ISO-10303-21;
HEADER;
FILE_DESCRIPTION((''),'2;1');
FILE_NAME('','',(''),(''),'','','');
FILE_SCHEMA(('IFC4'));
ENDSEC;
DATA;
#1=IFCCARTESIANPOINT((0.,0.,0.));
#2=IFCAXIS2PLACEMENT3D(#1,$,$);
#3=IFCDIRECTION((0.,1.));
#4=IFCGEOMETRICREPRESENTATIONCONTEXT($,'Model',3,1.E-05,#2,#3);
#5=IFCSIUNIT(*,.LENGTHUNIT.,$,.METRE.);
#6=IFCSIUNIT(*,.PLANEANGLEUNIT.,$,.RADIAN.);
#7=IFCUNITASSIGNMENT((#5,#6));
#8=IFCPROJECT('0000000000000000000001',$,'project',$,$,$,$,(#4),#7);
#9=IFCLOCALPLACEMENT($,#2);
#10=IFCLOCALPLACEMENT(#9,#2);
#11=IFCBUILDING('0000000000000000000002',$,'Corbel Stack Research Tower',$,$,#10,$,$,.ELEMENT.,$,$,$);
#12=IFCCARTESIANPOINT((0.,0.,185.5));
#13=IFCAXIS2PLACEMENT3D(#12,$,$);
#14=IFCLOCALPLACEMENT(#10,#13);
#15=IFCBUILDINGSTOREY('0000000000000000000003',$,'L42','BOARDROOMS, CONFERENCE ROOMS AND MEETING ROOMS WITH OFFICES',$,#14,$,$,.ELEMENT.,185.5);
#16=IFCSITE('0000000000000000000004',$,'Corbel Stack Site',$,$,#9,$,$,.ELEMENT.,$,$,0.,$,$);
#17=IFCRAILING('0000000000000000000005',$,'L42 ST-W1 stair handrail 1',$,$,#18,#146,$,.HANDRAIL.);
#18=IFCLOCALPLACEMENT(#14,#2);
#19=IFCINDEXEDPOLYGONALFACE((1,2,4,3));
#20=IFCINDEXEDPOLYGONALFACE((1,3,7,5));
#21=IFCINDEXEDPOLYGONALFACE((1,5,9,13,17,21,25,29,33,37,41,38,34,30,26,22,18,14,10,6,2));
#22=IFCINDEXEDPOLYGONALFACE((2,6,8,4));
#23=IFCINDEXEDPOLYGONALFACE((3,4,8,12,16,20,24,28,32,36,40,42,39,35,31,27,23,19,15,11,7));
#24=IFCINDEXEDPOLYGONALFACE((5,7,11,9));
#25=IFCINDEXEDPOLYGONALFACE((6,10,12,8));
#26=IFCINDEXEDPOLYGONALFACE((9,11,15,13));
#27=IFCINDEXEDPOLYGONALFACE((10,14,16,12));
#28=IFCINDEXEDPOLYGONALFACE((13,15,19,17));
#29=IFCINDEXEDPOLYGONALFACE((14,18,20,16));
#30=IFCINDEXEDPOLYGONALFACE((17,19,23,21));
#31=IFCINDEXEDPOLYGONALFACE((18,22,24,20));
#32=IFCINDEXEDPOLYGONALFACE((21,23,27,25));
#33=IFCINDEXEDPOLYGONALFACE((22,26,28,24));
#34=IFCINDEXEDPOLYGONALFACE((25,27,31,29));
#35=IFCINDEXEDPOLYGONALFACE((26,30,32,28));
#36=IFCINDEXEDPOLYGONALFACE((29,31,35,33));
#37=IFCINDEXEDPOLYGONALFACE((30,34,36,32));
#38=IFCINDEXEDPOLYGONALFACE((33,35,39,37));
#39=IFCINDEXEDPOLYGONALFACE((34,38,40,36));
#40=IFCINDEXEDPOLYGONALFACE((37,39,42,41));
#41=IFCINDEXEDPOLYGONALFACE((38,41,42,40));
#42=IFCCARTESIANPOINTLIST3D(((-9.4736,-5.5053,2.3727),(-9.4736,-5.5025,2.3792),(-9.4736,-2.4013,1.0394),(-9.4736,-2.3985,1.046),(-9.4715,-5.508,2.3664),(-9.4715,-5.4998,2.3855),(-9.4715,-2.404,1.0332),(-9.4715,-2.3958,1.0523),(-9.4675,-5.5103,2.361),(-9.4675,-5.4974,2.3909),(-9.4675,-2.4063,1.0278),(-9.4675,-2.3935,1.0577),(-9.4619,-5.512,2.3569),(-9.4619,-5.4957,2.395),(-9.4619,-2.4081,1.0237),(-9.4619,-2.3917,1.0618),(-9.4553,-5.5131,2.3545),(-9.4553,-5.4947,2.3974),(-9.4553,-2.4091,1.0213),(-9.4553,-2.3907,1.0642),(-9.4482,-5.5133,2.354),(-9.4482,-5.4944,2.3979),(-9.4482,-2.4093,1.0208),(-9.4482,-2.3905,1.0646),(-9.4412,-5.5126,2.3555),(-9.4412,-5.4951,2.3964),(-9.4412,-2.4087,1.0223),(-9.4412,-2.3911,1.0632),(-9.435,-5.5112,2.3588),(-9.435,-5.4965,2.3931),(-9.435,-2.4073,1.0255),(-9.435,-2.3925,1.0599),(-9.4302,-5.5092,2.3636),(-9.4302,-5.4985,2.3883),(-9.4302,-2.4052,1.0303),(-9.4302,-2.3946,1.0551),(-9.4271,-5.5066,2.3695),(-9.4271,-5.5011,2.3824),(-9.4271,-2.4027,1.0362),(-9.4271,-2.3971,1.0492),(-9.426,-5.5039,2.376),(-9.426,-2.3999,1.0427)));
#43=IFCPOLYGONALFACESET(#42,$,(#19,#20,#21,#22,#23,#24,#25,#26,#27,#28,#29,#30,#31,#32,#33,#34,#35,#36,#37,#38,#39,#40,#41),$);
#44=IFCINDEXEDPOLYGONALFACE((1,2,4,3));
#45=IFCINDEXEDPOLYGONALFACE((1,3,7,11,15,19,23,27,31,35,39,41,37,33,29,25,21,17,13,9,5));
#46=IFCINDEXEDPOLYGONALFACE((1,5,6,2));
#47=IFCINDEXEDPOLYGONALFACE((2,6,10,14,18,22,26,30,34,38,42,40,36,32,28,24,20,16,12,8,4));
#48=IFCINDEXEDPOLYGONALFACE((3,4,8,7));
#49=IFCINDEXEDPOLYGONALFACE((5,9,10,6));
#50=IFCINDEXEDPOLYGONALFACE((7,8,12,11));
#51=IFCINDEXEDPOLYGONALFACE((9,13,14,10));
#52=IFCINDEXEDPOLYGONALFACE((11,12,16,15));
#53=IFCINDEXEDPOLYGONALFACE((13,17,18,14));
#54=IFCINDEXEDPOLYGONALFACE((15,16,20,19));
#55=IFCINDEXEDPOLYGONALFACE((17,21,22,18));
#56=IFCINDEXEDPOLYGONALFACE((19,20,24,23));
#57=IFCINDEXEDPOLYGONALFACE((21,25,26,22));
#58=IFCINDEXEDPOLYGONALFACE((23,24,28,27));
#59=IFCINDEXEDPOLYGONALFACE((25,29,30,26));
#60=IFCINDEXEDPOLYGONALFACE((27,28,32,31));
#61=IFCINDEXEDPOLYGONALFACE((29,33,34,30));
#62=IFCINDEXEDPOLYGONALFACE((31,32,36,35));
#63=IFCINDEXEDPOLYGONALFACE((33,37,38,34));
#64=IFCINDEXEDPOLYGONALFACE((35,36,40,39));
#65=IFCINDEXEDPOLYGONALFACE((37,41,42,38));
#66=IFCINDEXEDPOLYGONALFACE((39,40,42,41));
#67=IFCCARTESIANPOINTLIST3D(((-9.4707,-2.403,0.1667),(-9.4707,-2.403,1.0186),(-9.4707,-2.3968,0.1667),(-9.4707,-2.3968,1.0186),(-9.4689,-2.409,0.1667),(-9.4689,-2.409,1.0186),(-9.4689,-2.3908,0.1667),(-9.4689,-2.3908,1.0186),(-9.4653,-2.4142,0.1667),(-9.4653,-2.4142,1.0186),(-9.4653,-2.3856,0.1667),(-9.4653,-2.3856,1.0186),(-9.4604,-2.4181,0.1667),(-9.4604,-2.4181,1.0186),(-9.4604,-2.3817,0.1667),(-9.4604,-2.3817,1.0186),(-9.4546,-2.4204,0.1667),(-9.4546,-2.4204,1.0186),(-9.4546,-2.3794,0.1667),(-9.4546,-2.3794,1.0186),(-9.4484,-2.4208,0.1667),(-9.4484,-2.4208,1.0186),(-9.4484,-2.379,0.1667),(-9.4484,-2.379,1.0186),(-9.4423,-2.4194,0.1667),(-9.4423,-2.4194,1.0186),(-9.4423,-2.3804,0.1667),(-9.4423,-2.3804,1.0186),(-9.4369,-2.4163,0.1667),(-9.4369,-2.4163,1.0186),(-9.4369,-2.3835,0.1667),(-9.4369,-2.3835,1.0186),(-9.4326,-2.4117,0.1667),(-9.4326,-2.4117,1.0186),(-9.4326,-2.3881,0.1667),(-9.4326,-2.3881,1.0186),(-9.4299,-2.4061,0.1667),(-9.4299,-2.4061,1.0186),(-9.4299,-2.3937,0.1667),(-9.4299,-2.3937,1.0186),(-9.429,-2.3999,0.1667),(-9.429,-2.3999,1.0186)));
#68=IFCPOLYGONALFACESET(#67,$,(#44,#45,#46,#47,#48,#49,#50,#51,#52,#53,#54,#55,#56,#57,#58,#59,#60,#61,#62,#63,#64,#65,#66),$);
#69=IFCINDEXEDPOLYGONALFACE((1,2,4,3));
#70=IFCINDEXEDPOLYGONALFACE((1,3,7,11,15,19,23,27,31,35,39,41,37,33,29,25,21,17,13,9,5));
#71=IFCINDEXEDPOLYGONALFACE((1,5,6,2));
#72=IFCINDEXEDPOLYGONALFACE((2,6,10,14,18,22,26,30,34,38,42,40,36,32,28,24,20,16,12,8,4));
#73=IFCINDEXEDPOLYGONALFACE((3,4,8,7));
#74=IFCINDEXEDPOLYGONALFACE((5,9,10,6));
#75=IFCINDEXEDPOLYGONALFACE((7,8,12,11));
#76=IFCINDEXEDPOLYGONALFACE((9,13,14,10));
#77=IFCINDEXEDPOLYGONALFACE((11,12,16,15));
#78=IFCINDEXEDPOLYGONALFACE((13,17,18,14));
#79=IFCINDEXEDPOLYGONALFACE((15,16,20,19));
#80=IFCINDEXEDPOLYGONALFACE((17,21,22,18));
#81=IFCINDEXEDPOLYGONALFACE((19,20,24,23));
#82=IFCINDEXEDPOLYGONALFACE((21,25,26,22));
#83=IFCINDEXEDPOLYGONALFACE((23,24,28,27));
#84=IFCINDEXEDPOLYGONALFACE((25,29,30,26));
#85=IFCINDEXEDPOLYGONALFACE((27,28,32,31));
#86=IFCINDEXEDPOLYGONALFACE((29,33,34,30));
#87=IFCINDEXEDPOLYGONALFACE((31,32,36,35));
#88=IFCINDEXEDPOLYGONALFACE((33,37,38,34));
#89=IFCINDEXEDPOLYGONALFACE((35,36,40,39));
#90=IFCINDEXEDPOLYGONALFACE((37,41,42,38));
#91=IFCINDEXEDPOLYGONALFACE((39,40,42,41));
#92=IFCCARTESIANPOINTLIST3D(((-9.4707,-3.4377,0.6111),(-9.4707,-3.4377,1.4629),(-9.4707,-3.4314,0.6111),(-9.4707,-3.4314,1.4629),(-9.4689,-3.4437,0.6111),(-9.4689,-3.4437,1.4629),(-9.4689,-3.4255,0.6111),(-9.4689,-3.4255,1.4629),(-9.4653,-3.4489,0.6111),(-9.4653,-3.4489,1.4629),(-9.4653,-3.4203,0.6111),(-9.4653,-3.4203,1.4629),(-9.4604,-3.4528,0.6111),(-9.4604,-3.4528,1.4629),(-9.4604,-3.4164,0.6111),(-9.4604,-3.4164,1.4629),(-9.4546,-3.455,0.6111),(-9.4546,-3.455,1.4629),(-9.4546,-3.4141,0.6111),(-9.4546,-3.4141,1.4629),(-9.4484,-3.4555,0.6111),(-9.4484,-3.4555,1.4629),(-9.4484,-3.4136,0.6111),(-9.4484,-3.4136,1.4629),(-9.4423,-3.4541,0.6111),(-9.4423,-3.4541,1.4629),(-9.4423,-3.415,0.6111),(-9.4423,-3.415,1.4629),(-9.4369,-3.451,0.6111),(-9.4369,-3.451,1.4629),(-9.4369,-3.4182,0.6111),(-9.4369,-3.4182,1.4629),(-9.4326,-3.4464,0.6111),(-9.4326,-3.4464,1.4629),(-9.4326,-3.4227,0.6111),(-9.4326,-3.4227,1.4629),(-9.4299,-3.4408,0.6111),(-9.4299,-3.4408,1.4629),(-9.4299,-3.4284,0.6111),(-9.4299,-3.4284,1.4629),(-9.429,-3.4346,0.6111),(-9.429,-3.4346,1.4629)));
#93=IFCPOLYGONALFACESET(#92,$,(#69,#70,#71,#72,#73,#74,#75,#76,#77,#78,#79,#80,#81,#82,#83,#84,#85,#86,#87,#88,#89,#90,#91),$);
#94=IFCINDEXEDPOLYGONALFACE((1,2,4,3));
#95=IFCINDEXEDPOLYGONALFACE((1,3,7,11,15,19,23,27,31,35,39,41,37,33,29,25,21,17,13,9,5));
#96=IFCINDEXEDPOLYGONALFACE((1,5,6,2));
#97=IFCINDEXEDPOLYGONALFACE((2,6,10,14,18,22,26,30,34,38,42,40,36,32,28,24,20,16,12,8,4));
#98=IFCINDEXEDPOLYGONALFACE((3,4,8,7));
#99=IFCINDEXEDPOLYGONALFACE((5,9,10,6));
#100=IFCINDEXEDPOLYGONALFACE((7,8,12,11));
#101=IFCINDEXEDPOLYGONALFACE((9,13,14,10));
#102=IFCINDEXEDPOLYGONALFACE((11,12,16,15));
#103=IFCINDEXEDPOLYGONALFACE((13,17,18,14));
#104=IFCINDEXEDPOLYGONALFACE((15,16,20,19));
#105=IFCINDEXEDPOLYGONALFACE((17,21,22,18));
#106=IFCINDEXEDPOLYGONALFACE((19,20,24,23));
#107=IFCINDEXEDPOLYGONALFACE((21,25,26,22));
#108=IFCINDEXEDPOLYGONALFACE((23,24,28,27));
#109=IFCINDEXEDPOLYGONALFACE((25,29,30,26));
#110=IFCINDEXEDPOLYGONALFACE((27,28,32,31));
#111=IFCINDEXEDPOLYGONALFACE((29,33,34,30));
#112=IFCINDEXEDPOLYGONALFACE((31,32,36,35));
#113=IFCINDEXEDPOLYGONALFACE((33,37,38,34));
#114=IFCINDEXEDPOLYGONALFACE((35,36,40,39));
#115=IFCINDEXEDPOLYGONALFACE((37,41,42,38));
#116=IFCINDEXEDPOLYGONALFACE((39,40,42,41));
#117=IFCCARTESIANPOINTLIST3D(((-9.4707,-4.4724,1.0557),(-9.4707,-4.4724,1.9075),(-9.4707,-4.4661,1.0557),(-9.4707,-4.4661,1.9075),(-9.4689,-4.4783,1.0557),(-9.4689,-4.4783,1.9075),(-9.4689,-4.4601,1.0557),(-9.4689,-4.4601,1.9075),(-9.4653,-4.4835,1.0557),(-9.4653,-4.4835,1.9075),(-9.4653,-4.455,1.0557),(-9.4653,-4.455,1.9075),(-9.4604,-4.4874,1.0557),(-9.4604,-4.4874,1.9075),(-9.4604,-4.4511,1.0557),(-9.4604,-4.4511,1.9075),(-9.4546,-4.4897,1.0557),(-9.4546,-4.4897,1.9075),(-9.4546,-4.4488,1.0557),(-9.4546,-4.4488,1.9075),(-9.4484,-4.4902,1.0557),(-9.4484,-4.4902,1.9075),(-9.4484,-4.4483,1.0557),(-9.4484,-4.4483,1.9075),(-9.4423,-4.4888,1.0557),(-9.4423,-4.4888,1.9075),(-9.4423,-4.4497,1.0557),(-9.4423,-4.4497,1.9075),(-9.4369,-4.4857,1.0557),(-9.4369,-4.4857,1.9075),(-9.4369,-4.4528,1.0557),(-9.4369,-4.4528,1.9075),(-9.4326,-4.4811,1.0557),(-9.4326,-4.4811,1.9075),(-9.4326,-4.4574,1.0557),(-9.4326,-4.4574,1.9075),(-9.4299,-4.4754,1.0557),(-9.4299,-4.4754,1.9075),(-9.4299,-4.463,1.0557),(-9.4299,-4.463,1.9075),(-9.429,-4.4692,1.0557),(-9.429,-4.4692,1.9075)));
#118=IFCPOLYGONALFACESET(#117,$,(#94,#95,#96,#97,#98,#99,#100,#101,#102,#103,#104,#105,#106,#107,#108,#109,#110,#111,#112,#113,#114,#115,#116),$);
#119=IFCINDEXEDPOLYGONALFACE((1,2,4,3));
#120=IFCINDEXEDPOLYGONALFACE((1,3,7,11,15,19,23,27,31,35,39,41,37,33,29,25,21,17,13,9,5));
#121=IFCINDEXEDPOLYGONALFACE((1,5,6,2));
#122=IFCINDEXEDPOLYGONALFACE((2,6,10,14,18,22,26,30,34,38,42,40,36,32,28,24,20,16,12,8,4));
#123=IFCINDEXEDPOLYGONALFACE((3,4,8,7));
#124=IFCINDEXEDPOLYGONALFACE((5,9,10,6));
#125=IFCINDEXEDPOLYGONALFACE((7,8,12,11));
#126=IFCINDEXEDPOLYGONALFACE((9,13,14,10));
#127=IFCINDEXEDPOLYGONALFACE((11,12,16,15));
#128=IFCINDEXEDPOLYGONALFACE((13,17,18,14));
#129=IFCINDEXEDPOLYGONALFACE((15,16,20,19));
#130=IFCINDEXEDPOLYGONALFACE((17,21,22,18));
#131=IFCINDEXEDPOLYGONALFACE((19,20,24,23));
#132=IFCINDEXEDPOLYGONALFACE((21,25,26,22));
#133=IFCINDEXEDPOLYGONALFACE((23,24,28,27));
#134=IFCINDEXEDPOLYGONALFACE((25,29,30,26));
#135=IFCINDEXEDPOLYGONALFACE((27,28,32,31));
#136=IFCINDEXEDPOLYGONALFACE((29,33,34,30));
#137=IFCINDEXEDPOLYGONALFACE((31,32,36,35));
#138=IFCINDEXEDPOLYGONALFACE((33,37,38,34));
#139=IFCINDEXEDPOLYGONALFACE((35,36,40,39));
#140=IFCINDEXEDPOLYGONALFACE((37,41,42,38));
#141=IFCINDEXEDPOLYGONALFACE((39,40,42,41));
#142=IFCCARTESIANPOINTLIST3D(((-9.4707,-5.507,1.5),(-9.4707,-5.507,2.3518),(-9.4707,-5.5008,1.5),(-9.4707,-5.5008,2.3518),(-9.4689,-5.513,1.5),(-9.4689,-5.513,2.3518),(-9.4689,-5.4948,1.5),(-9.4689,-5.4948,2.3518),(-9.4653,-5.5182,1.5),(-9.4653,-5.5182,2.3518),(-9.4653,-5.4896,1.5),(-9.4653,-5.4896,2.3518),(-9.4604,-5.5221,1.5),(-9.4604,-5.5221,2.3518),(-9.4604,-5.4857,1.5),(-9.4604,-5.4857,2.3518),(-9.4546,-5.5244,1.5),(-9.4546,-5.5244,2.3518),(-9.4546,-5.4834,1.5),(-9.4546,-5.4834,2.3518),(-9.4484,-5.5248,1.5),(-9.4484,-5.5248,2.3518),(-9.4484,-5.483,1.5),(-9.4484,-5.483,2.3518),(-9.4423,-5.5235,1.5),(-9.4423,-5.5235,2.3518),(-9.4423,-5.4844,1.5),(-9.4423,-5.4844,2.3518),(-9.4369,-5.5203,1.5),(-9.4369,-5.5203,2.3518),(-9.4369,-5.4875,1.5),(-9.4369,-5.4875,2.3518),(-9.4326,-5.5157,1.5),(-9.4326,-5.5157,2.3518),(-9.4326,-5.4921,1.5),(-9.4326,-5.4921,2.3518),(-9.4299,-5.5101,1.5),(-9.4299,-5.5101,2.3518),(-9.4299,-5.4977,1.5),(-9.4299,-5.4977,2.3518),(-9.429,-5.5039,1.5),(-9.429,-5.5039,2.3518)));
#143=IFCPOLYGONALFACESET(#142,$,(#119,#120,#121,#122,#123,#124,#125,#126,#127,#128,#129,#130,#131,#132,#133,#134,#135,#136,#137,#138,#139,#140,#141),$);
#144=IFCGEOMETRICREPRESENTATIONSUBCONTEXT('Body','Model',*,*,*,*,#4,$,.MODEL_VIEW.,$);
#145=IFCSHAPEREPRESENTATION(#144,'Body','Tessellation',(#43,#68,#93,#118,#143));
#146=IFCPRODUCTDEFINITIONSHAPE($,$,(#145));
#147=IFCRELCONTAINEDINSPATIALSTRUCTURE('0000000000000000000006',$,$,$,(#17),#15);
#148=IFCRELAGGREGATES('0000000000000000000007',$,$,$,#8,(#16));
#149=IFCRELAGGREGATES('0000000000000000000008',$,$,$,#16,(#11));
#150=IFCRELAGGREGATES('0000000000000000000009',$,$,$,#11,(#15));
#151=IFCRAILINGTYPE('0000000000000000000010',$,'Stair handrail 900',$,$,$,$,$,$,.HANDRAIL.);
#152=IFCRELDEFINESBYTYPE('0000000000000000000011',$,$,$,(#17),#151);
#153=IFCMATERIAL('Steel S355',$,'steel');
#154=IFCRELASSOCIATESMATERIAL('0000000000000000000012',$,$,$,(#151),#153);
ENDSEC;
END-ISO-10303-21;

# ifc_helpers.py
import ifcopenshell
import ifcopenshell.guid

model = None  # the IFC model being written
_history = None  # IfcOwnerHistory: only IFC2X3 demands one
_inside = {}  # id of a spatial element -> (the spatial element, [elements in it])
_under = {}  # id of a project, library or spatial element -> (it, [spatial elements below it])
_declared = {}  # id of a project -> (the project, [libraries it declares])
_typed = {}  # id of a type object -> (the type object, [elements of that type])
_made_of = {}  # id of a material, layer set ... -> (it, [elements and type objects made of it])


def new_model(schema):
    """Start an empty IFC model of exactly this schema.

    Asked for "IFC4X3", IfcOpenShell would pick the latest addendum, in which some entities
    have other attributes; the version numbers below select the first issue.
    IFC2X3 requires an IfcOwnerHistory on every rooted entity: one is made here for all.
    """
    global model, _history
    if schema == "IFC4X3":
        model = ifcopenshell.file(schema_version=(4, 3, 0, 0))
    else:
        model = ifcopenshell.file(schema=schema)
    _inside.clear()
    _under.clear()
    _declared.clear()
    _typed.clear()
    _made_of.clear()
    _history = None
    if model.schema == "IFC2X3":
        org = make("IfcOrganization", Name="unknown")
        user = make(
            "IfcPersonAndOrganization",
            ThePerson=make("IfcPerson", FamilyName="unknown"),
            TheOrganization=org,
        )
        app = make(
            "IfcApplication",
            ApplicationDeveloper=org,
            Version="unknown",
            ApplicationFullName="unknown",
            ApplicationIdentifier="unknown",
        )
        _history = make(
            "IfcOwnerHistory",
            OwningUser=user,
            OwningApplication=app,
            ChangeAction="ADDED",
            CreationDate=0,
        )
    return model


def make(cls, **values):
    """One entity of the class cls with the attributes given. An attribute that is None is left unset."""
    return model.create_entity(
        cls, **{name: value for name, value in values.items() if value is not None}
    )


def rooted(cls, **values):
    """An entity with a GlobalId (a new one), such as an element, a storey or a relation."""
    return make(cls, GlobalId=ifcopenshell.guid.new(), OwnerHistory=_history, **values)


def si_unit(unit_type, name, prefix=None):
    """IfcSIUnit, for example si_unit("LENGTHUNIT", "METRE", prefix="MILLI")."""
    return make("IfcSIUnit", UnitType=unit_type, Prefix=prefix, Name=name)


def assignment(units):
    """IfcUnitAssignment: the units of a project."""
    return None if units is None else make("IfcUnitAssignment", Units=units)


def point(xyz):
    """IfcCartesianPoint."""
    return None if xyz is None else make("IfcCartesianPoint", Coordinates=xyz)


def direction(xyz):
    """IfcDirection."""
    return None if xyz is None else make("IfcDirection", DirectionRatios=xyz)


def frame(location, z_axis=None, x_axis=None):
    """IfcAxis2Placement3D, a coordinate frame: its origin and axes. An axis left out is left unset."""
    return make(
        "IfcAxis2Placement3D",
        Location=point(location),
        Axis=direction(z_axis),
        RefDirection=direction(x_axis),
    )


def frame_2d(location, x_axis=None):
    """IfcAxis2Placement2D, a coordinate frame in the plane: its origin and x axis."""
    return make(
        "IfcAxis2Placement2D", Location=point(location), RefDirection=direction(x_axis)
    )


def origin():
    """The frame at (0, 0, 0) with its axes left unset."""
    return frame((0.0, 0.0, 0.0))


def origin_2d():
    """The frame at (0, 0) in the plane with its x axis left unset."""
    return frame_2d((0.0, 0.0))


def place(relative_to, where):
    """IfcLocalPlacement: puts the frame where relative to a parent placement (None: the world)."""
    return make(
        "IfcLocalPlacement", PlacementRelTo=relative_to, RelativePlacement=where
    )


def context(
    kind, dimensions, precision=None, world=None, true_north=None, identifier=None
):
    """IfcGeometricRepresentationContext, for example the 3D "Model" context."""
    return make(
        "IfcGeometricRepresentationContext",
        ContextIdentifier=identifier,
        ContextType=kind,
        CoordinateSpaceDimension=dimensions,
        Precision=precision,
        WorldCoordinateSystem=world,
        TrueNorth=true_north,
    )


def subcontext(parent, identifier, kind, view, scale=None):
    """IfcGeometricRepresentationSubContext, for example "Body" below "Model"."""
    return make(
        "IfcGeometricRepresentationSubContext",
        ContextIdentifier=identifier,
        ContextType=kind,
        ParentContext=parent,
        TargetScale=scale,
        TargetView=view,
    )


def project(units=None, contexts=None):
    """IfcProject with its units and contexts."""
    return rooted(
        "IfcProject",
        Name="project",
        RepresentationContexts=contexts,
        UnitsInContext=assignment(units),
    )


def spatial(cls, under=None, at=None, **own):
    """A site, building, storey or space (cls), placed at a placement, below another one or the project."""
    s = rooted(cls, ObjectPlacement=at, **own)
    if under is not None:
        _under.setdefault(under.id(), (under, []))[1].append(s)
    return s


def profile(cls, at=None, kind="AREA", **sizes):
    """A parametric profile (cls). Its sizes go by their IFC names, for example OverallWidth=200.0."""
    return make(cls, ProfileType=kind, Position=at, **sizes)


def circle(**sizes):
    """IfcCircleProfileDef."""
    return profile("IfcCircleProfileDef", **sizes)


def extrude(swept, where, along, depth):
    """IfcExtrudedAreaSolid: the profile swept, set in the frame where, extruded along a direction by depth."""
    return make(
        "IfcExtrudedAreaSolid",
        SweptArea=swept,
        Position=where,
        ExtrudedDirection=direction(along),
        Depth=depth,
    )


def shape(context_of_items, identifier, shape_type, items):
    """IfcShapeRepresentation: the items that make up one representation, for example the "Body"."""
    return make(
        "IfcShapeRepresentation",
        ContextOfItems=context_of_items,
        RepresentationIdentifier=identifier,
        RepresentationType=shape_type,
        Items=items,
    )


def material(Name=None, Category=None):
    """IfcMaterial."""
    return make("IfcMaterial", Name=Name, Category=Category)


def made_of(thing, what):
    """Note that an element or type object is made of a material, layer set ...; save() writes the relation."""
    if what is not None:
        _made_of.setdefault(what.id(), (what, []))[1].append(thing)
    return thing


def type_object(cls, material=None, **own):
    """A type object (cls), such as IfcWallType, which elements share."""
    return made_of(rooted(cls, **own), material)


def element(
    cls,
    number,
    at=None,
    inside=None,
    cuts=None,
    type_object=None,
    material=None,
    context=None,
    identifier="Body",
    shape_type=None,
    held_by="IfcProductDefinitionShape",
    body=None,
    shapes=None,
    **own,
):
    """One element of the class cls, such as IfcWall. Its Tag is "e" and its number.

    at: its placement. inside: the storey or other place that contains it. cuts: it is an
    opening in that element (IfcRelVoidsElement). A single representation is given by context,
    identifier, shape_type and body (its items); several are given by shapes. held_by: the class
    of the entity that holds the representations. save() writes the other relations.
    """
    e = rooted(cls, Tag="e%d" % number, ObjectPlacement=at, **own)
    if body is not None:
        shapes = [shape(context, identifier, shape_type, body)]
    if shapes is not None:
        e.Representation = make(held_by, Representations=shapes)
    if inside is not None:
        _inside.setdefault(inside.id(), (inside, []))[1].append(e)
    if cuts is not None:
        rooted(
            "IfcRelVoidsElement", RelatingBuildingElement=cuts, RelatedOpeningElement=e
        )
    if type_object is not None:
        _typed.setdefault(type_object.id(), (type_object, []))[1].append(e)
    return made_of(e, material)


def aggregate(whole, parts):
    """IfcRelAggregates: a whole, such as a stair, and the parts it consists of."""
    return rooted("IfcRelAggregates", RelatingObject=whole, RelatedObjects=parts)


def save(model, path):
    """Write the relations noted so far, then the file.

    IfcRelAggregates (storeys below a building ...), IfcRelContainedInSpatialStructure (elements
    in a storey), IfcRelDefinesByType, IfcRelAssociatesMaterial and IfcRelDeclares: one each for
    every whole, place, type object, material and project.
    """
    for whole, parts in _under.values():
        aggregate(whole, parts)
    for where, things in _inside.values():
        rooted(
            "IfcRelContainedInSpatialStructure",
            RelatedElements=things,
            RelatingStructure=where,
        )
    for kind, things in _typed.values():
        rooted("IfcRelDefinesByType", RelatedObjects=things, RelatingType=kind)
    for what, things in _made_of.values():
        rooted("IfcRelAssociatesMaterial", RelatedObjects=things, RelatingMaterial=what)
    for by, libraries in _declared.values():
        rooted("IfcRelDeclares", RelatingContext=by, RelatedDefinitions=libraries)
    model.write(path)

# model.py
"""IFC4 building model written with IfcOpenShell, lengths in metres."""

from ifc_helpers import new_model, si_unit, direction, frame, origin, origin_2d, place, context, subcontext, project, spatial, circle, extrude, material, type_object, element, save


model = new_model("IFC4")

# Units and contexts
model_context = context("Model", 3, precision=1e-05, world=origin(), true_north=direction((0.0, 1.0)))
body_context = subcontext(model_context, "Body", "Model", "MODEL_VIEW")
ifc_project = project(units=[si_unit("LENGTHUNIT", "METRE"), si_unit("PLANEANGLEUNIT", "RADIAN")], contexts=[model_context])

# Site, building, storey
site_placement = place(None, origin())
site = spatial("IfcSite", under=ifc_project, at=site_placement, Name="Corbel Stack Site", CompositionType="ELEMENT", RefElevation=0.0)
building_placement = place(site_placement, origin())
building = spatial("IfcBuilding", under=site, at=building_placement, Name="Corbel Stack Research Tower", CompositionType="ELEMENT")
storey_placement = place(building_placement, frame((0.0, 0.0, 185.5)))
storey = spatial("IfcBuildingStorey", under=building, at=storey_placement, Name="L42", Description="BOARDROOMS, CONFERENCE ROOMS AND MEETING ROOMS WITH OFFICES", CompositionType="ELEMENT", Elevation=185.5)

# Railing
ifc_material_1 = material(Name="Steel S355", Category="steel")
railing_type_1 = type_object("IfcRailingType", Name="Stair handrail 900", PredefinedType="HANDRAIL", material=ifc_material_1)
for number, where, name in (
    (1, (-9.45, -2.3999, 0.1667), "L42 ST-W1 stair handrail 1"),
):
    element("IfcRailing", number, at=place(storey_placement, frame(where)), inside=storey, type_object=railing_type_1, Name=name, PredefinedType="HANDRAIL", context=body_context, shape_type="SweptSolid", body=[
        extrude(circle(Radius=0.0239, at=origin_2d()), frame((0.0, 0.0, 0.876), z_axis=(0.0, -0.918827, 0.394661), x_axis=(1.0, 0.0, 0.0)), (0.0, 0.0, 1.0), 3.3782),
        extrude(circle(Radius=0.021, at=origin_2d()), origin(), (0.0, 0.0, 1.0), 0.8518),
        extrude(circle(Radius=0.021, at=origin_2d()), frame((0.0, -1.0347, 0.4443)), (0.0, 0.0, 1.0), 0.8518),
        extrude(circle(Radius=0.021, at=origin_2d()), frame((0.0, -2.0693, 0.8889)), (0.0, 0.0, 1.0), 0.8518),
        extrude(circle(Radius=0.021, at=origin_2d()), frame((0.0, -3.104, 1.3333)), (0.0, 0.0, 1.0), 0.8518),
    ])

save(model, "model.ifc")
